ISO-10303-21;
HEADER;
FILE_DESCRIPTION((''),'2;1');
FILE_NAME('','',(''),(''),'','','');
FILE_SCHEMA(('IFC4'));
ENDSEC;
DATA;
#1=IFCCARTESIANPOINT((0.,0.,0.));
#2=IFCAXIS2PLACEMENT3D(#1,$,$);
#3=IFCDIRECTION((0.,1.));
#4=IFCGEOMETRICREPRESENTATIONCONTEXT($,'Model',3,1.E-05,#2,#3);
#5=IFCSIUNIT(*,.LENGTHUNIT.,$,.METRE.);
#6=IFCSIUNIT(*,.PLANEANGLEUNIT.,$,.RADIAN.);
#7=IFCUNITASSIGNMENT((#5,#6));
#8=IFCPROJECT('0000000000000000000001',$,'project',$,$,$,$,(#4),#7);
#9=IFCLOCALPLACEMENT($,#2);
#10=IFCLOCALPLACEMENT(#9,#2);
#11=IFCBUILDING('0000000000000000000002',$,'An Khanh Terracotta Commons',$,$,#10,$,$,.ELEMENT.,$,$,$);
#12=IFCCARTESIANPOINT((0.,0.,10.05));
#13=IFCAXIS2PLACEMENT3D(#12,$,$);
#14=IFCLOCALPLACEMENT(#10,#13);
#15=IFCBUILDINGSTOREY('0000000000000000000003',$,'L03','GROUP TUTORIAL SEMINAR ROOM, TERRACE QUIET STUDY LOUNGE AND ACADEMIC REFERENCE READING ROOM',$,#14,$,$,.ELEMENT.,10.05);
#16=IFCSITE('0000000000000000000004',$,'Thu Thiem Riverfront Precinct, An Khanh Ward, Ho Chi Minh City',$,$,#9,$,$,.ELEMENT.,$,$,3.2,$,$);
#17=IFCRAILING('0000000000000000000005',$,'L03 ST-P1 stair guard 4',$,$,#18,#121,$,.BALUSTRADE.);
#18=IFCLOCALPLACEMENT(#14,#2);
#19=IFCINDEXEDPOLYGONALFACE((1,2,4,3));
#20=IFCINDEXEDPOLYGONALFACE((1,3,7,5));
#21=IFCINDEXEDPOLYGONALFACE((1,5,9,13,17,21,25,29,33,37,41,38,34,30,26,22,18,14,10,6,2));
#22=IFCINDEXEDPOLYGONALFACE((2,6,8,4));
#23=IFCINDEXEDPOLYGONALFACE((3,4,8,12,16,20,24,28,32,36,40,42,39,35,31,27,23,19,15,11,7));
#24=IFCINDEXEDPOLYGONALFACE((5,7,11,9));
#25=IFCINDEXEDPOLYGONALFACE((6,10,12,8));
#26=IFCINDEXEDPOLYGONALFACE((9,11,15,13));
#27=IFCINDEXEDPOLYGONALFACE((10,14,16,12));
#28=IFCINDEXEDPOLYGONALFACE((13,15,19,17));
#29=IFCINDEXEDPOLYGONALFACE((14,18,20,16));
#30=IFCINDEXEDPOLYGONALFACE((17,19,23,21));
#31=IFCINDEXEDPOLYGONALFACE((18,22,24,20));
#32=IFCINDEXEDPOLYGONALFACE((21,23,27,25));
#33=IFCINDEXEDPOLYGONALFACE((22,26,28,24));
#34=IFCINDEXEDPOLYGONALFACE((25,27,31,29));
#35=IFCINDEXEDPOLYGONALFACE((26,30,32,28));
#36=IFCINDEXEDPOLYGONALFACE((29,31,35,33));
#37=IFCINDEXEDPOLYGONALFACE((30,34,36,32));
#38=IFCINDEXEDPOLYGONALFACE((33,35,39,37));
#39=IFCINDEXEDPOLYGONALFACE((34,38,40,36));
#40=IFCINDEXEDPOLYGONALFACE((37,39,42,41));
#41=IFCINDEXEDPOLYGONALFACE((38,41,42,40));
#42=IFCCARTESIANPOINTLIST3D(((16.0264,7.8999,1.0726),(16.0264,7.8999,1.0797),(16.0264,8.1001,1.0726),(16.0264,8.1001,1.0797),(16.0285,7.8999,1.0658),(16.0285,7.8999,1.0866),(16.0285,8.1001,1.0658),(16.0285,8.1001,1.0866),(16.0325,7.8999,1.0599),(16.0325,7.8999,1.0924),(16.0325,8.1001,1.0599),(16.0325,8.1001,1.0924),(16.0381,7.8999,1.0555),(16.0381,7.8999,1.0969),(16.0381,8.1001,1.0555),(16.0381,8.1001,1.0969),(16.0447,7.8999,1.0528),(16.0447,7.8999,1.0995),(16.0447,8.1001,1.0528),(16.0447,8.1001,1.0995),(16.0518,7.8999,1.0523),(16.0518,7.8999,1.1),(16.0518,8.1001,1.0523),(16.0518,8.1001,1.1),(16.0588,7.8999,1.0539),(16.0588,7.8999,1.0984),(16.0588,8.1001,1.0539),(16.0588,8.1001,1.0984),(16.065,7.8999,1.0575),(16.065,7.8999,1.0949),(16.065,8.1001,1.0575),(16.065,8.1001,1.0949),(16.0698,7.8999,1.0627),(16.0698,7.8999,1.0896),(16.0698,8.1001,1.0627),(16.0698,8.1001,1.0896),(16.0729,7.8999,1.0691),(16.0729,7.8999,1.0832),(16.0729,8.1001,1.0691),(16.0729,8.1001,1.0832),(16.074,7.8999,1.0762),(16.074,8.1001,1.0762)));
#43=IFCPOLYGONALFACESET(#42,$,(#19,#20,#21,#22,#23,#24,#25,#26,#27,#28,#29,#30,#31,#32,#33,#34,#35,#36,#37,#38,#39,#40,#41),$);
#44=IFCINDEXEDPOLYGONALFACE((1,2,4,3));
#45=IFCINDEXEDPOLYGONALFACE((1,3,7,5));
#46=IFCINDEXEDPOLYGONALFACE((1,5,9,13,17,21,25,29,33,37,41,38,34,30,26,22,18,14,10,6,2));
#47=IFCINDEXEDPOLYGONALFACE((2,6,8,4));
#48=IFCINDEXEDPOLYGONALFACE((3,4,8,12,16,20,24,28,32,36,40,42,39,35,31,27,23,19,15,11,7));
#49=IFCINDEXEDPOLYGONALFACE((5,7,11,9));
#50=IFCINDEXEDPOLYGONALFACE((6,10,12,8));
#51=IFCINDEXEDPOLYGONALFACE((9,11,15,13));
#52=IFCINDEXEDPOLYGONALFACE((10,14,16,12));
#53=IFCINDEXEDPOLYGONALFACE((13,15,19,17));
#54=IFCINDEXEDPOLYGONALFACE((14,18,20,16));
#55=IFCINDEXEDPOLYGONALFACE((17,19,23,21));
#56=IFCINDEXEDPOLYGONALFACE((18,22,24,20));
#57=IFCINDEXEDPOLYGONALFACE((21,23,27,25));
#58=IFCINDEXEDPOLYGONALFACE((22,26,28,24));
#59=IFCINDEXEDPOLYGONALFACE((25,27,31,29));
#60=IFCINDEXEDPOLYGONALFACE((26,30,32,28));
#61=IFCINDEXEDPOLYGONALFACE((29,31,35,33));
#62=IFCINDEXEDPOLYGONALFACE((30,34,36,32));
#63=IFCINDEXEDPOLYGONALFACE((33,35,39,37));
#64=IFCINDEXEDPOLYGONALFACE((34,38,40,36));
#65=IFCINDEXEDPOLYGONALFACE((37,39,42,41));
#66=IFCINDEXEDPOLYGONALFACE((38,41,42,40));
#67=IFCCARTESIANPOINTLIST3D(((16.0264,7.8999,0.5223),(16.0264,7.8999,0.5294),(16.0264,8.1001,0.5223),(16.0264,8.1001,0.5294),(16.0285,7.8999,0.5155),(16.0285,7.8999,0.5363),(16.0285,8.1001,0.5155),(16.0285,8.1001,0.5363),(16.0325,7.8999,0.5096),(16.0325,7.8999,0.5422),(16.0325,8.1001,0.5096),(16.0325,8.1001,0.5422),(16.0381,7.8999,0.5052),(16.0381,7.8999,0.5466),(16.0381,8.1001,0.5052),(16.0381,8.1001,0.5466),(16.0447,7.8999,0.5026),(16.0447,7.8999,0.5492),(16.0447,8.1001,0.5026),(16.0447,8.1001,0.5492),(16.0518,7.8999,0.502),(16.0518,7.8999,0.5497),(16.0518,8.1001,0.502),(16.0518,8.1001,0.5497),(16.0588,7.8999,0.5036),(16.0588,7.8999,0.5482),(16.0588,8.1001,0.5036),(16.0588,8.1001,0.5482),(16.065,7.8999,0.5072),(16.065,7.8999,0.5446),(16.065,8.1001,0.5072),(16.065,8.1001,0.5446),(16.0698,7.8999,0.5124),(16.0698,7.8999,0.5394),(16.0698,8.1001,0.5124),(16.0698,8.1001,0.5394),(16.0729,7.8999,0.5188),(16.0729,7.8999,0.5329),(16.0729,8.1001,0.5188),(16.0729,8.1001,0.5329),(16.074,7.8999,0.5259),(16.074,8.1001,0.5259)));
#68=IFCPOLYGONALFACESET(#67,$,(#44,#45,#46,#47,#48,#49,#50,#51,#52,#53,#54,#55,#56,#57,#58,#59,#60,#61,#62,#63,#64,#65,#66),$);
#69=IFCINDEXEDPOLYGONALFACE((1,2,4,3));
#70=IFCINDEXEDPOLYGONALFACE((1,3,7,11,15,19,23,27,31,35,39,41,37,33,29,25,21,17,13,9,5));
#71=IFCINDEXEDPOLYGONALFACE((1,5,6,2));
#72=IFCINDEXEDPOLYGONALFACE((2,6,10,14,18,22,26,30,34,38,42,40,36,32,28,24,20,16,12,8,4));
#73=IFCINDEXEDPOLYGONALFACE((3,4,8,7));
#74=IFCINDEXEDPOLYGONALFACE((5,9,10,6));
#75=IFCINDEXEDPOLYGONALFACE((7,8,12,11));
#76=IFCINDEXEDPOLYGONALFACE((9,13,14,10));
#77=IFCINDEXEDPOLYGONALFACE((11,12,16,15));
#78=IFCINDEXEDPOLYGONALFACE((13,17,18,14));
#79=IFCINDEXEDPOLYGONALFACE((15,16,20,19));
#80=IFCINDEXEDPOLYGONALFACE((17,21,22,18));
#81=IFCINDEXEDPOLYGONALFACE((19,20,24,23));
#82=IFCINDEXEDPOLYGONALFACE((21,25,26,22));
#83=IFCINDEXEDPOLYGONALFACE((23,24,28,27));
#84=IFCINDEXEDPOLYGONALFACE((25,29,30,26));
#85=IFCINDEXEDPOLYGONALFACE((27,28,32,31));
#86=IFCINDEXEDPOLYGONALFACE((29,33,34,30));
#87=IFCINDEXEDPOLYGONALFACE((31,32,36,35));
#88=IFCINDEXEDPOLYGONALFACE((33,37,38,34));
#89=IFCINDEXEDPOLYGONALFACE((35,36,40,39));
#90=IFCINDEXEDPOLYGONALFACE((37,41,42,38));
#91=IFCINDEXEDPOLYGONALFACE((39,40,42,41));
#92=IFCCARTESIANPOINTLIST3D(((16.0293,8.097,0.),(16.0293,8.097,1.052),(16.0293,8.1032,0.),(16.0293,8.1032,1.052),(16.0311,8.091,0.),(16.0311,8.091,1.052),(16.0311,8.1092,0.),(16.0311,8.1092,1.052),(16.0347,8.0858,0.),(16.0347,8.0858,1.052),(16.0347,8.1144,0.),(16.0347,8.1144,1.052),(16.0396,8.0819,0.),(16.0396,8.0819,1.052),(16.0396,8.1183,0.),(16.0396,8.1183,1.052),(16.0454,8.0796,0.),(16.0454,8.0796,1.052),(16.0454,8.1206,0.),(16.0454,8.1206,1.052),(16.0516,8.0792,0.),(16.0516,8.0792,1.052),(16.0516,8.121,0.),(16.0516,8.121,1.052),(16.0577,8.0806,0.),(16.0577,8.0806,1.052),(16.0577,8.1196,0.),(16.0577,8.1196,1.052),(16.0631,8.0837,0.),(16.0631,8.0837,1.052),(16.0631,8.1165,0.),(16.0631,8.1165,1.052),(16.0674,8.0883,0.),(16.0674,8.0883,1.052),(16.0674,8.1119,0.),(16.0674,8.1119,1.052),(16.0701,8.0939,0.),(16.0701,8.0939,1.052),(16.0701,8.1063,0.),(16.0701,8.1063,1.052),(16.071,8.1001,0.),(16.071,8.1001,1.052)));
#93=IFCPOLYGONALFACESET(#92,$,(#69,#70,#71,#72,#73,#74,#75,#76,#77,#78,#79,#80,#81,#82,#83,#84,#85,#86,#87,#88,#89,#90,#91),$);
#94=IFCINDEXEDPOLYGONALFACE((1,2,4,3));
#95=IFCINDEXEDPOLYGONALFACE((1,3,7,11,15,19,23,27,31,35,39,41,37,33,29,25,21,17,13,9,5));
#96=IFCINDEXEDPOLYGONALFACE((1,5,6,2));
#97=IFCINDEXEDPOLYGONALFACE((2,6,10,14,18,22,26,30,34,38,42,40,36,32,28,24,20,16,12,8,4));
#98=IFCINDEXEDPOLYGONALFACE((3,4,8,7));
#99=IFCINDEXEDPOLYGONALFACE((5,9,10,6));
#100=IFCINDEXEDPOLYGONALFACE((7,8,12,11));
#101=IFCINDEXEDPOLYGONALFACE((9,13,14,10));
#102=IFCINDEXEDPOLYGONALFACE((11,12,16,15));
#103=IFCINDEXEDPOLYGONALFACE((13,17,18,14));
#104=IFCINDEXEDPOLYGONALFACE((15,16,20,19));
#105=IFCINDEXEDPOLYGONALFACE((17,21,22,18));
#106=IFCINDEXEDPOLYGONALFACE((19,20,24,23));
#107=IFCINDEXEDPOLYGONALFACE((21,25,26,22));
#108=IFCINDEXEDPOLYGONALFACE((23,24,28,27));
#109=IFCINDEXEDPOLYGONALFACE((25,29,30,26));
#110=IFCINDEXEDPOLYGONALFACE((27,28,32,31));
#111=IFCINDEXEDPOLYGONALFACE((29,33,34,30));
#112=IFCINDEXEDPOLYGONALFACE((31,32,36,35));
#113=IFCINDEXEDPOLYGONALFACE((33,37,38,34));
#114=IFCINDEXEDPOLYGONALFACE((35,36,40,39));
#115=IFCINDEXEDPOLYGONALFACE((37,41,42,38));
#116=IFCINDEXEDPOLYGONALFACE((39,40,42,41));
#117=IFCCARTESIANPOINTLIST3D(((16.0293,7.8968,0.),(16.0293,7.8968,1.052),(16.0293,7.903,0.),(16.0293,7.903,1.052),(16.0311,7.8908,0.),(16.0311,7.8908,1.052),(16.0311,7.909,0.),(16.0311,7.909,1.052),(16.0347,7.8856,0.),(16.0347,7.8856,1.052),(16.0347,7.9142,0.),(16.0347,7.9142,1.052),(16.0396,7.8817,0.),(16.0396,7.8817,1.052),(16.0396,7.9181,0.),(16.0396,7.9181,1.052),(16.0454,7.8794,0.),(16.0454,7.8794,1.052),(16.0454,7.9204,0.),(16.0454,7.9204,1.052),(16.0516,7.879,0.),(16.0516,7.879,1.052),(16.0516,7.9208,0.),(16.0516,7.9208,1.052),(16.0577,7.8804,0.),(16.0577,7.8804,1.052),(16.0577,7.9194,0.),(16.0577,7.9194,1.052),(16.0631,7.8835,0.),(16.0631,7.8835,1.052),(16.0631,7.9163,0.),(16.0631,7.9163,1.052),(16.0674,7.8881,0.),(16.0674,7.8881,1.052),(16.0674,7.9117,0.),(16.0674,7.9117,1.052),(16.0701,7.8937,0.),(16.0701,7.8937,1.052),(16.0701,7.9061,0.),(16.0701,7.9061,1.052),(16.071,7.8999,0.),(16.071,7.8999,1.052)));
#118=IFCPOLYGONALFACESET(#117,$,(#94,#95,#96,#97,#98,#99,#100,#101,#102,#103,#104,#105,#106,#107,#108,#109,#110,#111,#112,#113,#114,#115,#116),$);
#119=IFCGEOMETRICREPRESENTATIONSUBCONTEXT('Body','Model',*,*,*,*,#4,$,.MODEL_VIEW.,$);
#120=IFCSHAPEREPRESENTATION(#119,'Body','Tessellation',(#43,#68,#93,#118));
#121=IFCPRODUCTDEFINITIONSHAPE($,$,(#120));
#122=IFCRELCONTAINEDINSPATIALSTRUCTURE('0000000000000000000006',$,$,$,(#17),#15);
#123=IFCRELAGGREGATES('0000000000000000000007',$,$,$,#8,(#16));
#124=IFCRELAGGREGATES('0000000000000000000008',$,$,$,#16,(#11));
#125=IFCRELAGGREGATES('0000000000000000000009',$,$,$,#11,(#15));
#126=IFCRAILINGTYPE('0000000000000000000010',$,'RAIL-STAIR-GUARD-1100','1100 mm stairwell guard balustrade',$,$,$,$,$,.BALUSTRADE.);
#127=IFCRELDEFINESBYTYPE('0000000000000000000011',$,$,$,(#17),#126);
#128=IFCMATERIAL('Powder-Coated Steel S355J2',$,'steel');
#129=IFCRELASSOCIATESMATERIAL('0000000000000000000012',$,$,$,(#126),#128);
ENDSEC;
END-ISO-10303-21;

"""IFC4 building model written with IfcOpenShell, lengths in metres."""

from ifc_helpers import new_model, si_unit, direction, frame, origin, origin_2d, place, context, subcontext, project, spatial, circle, extrude, material, type_object, element, save


model = new_model("IFC4")

# Units and contexts
model_context = context("Model", 3, precision=1e-05, world=origin(), true_north=direction((0.0, 1.0)))
body_context = subcontext(model_context, "Body", "Model", "MODEL_VIEW")
ifc_project = project(units=[si_unit("LENGTHUNIT", "METRE"), si_unit("PLANEANGLEUNIT", "RADIAN")], contexts=[model_context])

# Site, building, storey
site_placement = place(None, origin())
site = spatial("IfcSite", under=ifc_project, at=site_placement, Name="Thu Thiem Riverfront Precinct, An Khanh Ward, Ho Chi Minh City", CompositionType="ELEMENT", RefElevation=3.2)
building_placement = place(site_placement, origin())
building = spatial("IfcBuilding", under=site, at=building_placement, Name="An Khanh Terracotta Commons", CompositionType="ELEMENT")
storey_placement = place(building_placement, frame((0.0, 0.0, 10.05)))
storey = spatial("IfcBuildingStorey", under=building, at=storey_placement, Name="L03", Description="GROUP TUTORIAL SEMINAR ROOM, TERRACE QUIET STUDY LOUNGE AND ACADEMIC REFERENCE READING ROOM", CompositionType="ELEMENT", Elevation=10.05)

# Railing
ifc_material_1 = material(Name="Powder-Coated Steel S355J2", Category="steel")
railing_type_1 = type_object("IfcRailingType", Name="RAIL-STAIR-GUARD-1100", Description="1100 mm stairwell guard balustrade", PredefinedType="BALUSTRADE", material=ifc_material_1)
railing_1_placement = place(storey_placement, frame((16.05, 8.1001, 0.0)))
element("IfcRailing", 1, at=railing_1_placement, inside=storey, type_object=railing_type_1, Name="L03 ST-P1 stair guard 4", PredefinedType="BALUSTRADE", context=body_context, shape_type="SweptSolid", body=[
    extrude(circle(Radius=0.0239, at=origin_2d()), frame((0.0, 0.0, 1.0762), z_axis=(0.0, -1.0, 0.0), x_axis=(1.0, 0.0, 0.0)), (0.0, 0.0, 1.0), 0.2002),
    extrude(circle(Radius=0.0239, at=origin_2d()), frame((0.0, 0.0, 0.5259), z_axis=(0.0, -1.0, 0.0), x_axis=(1.0, 0.0, 0.0)), (0.0, 0.0, 1.0), 0.2002),
    extrude(circle(Radius=0.021, at=origin_2d()), origin(), (0.0, 0.0, 1.0), 1.052),
    extrude(circle(Radius=0.021, at=origin_2d()), frame((0.0, -0.2002, 0.0)), (0.0, 0.0, 1.0), 1.052),
])

save(model, "model.ifc")
